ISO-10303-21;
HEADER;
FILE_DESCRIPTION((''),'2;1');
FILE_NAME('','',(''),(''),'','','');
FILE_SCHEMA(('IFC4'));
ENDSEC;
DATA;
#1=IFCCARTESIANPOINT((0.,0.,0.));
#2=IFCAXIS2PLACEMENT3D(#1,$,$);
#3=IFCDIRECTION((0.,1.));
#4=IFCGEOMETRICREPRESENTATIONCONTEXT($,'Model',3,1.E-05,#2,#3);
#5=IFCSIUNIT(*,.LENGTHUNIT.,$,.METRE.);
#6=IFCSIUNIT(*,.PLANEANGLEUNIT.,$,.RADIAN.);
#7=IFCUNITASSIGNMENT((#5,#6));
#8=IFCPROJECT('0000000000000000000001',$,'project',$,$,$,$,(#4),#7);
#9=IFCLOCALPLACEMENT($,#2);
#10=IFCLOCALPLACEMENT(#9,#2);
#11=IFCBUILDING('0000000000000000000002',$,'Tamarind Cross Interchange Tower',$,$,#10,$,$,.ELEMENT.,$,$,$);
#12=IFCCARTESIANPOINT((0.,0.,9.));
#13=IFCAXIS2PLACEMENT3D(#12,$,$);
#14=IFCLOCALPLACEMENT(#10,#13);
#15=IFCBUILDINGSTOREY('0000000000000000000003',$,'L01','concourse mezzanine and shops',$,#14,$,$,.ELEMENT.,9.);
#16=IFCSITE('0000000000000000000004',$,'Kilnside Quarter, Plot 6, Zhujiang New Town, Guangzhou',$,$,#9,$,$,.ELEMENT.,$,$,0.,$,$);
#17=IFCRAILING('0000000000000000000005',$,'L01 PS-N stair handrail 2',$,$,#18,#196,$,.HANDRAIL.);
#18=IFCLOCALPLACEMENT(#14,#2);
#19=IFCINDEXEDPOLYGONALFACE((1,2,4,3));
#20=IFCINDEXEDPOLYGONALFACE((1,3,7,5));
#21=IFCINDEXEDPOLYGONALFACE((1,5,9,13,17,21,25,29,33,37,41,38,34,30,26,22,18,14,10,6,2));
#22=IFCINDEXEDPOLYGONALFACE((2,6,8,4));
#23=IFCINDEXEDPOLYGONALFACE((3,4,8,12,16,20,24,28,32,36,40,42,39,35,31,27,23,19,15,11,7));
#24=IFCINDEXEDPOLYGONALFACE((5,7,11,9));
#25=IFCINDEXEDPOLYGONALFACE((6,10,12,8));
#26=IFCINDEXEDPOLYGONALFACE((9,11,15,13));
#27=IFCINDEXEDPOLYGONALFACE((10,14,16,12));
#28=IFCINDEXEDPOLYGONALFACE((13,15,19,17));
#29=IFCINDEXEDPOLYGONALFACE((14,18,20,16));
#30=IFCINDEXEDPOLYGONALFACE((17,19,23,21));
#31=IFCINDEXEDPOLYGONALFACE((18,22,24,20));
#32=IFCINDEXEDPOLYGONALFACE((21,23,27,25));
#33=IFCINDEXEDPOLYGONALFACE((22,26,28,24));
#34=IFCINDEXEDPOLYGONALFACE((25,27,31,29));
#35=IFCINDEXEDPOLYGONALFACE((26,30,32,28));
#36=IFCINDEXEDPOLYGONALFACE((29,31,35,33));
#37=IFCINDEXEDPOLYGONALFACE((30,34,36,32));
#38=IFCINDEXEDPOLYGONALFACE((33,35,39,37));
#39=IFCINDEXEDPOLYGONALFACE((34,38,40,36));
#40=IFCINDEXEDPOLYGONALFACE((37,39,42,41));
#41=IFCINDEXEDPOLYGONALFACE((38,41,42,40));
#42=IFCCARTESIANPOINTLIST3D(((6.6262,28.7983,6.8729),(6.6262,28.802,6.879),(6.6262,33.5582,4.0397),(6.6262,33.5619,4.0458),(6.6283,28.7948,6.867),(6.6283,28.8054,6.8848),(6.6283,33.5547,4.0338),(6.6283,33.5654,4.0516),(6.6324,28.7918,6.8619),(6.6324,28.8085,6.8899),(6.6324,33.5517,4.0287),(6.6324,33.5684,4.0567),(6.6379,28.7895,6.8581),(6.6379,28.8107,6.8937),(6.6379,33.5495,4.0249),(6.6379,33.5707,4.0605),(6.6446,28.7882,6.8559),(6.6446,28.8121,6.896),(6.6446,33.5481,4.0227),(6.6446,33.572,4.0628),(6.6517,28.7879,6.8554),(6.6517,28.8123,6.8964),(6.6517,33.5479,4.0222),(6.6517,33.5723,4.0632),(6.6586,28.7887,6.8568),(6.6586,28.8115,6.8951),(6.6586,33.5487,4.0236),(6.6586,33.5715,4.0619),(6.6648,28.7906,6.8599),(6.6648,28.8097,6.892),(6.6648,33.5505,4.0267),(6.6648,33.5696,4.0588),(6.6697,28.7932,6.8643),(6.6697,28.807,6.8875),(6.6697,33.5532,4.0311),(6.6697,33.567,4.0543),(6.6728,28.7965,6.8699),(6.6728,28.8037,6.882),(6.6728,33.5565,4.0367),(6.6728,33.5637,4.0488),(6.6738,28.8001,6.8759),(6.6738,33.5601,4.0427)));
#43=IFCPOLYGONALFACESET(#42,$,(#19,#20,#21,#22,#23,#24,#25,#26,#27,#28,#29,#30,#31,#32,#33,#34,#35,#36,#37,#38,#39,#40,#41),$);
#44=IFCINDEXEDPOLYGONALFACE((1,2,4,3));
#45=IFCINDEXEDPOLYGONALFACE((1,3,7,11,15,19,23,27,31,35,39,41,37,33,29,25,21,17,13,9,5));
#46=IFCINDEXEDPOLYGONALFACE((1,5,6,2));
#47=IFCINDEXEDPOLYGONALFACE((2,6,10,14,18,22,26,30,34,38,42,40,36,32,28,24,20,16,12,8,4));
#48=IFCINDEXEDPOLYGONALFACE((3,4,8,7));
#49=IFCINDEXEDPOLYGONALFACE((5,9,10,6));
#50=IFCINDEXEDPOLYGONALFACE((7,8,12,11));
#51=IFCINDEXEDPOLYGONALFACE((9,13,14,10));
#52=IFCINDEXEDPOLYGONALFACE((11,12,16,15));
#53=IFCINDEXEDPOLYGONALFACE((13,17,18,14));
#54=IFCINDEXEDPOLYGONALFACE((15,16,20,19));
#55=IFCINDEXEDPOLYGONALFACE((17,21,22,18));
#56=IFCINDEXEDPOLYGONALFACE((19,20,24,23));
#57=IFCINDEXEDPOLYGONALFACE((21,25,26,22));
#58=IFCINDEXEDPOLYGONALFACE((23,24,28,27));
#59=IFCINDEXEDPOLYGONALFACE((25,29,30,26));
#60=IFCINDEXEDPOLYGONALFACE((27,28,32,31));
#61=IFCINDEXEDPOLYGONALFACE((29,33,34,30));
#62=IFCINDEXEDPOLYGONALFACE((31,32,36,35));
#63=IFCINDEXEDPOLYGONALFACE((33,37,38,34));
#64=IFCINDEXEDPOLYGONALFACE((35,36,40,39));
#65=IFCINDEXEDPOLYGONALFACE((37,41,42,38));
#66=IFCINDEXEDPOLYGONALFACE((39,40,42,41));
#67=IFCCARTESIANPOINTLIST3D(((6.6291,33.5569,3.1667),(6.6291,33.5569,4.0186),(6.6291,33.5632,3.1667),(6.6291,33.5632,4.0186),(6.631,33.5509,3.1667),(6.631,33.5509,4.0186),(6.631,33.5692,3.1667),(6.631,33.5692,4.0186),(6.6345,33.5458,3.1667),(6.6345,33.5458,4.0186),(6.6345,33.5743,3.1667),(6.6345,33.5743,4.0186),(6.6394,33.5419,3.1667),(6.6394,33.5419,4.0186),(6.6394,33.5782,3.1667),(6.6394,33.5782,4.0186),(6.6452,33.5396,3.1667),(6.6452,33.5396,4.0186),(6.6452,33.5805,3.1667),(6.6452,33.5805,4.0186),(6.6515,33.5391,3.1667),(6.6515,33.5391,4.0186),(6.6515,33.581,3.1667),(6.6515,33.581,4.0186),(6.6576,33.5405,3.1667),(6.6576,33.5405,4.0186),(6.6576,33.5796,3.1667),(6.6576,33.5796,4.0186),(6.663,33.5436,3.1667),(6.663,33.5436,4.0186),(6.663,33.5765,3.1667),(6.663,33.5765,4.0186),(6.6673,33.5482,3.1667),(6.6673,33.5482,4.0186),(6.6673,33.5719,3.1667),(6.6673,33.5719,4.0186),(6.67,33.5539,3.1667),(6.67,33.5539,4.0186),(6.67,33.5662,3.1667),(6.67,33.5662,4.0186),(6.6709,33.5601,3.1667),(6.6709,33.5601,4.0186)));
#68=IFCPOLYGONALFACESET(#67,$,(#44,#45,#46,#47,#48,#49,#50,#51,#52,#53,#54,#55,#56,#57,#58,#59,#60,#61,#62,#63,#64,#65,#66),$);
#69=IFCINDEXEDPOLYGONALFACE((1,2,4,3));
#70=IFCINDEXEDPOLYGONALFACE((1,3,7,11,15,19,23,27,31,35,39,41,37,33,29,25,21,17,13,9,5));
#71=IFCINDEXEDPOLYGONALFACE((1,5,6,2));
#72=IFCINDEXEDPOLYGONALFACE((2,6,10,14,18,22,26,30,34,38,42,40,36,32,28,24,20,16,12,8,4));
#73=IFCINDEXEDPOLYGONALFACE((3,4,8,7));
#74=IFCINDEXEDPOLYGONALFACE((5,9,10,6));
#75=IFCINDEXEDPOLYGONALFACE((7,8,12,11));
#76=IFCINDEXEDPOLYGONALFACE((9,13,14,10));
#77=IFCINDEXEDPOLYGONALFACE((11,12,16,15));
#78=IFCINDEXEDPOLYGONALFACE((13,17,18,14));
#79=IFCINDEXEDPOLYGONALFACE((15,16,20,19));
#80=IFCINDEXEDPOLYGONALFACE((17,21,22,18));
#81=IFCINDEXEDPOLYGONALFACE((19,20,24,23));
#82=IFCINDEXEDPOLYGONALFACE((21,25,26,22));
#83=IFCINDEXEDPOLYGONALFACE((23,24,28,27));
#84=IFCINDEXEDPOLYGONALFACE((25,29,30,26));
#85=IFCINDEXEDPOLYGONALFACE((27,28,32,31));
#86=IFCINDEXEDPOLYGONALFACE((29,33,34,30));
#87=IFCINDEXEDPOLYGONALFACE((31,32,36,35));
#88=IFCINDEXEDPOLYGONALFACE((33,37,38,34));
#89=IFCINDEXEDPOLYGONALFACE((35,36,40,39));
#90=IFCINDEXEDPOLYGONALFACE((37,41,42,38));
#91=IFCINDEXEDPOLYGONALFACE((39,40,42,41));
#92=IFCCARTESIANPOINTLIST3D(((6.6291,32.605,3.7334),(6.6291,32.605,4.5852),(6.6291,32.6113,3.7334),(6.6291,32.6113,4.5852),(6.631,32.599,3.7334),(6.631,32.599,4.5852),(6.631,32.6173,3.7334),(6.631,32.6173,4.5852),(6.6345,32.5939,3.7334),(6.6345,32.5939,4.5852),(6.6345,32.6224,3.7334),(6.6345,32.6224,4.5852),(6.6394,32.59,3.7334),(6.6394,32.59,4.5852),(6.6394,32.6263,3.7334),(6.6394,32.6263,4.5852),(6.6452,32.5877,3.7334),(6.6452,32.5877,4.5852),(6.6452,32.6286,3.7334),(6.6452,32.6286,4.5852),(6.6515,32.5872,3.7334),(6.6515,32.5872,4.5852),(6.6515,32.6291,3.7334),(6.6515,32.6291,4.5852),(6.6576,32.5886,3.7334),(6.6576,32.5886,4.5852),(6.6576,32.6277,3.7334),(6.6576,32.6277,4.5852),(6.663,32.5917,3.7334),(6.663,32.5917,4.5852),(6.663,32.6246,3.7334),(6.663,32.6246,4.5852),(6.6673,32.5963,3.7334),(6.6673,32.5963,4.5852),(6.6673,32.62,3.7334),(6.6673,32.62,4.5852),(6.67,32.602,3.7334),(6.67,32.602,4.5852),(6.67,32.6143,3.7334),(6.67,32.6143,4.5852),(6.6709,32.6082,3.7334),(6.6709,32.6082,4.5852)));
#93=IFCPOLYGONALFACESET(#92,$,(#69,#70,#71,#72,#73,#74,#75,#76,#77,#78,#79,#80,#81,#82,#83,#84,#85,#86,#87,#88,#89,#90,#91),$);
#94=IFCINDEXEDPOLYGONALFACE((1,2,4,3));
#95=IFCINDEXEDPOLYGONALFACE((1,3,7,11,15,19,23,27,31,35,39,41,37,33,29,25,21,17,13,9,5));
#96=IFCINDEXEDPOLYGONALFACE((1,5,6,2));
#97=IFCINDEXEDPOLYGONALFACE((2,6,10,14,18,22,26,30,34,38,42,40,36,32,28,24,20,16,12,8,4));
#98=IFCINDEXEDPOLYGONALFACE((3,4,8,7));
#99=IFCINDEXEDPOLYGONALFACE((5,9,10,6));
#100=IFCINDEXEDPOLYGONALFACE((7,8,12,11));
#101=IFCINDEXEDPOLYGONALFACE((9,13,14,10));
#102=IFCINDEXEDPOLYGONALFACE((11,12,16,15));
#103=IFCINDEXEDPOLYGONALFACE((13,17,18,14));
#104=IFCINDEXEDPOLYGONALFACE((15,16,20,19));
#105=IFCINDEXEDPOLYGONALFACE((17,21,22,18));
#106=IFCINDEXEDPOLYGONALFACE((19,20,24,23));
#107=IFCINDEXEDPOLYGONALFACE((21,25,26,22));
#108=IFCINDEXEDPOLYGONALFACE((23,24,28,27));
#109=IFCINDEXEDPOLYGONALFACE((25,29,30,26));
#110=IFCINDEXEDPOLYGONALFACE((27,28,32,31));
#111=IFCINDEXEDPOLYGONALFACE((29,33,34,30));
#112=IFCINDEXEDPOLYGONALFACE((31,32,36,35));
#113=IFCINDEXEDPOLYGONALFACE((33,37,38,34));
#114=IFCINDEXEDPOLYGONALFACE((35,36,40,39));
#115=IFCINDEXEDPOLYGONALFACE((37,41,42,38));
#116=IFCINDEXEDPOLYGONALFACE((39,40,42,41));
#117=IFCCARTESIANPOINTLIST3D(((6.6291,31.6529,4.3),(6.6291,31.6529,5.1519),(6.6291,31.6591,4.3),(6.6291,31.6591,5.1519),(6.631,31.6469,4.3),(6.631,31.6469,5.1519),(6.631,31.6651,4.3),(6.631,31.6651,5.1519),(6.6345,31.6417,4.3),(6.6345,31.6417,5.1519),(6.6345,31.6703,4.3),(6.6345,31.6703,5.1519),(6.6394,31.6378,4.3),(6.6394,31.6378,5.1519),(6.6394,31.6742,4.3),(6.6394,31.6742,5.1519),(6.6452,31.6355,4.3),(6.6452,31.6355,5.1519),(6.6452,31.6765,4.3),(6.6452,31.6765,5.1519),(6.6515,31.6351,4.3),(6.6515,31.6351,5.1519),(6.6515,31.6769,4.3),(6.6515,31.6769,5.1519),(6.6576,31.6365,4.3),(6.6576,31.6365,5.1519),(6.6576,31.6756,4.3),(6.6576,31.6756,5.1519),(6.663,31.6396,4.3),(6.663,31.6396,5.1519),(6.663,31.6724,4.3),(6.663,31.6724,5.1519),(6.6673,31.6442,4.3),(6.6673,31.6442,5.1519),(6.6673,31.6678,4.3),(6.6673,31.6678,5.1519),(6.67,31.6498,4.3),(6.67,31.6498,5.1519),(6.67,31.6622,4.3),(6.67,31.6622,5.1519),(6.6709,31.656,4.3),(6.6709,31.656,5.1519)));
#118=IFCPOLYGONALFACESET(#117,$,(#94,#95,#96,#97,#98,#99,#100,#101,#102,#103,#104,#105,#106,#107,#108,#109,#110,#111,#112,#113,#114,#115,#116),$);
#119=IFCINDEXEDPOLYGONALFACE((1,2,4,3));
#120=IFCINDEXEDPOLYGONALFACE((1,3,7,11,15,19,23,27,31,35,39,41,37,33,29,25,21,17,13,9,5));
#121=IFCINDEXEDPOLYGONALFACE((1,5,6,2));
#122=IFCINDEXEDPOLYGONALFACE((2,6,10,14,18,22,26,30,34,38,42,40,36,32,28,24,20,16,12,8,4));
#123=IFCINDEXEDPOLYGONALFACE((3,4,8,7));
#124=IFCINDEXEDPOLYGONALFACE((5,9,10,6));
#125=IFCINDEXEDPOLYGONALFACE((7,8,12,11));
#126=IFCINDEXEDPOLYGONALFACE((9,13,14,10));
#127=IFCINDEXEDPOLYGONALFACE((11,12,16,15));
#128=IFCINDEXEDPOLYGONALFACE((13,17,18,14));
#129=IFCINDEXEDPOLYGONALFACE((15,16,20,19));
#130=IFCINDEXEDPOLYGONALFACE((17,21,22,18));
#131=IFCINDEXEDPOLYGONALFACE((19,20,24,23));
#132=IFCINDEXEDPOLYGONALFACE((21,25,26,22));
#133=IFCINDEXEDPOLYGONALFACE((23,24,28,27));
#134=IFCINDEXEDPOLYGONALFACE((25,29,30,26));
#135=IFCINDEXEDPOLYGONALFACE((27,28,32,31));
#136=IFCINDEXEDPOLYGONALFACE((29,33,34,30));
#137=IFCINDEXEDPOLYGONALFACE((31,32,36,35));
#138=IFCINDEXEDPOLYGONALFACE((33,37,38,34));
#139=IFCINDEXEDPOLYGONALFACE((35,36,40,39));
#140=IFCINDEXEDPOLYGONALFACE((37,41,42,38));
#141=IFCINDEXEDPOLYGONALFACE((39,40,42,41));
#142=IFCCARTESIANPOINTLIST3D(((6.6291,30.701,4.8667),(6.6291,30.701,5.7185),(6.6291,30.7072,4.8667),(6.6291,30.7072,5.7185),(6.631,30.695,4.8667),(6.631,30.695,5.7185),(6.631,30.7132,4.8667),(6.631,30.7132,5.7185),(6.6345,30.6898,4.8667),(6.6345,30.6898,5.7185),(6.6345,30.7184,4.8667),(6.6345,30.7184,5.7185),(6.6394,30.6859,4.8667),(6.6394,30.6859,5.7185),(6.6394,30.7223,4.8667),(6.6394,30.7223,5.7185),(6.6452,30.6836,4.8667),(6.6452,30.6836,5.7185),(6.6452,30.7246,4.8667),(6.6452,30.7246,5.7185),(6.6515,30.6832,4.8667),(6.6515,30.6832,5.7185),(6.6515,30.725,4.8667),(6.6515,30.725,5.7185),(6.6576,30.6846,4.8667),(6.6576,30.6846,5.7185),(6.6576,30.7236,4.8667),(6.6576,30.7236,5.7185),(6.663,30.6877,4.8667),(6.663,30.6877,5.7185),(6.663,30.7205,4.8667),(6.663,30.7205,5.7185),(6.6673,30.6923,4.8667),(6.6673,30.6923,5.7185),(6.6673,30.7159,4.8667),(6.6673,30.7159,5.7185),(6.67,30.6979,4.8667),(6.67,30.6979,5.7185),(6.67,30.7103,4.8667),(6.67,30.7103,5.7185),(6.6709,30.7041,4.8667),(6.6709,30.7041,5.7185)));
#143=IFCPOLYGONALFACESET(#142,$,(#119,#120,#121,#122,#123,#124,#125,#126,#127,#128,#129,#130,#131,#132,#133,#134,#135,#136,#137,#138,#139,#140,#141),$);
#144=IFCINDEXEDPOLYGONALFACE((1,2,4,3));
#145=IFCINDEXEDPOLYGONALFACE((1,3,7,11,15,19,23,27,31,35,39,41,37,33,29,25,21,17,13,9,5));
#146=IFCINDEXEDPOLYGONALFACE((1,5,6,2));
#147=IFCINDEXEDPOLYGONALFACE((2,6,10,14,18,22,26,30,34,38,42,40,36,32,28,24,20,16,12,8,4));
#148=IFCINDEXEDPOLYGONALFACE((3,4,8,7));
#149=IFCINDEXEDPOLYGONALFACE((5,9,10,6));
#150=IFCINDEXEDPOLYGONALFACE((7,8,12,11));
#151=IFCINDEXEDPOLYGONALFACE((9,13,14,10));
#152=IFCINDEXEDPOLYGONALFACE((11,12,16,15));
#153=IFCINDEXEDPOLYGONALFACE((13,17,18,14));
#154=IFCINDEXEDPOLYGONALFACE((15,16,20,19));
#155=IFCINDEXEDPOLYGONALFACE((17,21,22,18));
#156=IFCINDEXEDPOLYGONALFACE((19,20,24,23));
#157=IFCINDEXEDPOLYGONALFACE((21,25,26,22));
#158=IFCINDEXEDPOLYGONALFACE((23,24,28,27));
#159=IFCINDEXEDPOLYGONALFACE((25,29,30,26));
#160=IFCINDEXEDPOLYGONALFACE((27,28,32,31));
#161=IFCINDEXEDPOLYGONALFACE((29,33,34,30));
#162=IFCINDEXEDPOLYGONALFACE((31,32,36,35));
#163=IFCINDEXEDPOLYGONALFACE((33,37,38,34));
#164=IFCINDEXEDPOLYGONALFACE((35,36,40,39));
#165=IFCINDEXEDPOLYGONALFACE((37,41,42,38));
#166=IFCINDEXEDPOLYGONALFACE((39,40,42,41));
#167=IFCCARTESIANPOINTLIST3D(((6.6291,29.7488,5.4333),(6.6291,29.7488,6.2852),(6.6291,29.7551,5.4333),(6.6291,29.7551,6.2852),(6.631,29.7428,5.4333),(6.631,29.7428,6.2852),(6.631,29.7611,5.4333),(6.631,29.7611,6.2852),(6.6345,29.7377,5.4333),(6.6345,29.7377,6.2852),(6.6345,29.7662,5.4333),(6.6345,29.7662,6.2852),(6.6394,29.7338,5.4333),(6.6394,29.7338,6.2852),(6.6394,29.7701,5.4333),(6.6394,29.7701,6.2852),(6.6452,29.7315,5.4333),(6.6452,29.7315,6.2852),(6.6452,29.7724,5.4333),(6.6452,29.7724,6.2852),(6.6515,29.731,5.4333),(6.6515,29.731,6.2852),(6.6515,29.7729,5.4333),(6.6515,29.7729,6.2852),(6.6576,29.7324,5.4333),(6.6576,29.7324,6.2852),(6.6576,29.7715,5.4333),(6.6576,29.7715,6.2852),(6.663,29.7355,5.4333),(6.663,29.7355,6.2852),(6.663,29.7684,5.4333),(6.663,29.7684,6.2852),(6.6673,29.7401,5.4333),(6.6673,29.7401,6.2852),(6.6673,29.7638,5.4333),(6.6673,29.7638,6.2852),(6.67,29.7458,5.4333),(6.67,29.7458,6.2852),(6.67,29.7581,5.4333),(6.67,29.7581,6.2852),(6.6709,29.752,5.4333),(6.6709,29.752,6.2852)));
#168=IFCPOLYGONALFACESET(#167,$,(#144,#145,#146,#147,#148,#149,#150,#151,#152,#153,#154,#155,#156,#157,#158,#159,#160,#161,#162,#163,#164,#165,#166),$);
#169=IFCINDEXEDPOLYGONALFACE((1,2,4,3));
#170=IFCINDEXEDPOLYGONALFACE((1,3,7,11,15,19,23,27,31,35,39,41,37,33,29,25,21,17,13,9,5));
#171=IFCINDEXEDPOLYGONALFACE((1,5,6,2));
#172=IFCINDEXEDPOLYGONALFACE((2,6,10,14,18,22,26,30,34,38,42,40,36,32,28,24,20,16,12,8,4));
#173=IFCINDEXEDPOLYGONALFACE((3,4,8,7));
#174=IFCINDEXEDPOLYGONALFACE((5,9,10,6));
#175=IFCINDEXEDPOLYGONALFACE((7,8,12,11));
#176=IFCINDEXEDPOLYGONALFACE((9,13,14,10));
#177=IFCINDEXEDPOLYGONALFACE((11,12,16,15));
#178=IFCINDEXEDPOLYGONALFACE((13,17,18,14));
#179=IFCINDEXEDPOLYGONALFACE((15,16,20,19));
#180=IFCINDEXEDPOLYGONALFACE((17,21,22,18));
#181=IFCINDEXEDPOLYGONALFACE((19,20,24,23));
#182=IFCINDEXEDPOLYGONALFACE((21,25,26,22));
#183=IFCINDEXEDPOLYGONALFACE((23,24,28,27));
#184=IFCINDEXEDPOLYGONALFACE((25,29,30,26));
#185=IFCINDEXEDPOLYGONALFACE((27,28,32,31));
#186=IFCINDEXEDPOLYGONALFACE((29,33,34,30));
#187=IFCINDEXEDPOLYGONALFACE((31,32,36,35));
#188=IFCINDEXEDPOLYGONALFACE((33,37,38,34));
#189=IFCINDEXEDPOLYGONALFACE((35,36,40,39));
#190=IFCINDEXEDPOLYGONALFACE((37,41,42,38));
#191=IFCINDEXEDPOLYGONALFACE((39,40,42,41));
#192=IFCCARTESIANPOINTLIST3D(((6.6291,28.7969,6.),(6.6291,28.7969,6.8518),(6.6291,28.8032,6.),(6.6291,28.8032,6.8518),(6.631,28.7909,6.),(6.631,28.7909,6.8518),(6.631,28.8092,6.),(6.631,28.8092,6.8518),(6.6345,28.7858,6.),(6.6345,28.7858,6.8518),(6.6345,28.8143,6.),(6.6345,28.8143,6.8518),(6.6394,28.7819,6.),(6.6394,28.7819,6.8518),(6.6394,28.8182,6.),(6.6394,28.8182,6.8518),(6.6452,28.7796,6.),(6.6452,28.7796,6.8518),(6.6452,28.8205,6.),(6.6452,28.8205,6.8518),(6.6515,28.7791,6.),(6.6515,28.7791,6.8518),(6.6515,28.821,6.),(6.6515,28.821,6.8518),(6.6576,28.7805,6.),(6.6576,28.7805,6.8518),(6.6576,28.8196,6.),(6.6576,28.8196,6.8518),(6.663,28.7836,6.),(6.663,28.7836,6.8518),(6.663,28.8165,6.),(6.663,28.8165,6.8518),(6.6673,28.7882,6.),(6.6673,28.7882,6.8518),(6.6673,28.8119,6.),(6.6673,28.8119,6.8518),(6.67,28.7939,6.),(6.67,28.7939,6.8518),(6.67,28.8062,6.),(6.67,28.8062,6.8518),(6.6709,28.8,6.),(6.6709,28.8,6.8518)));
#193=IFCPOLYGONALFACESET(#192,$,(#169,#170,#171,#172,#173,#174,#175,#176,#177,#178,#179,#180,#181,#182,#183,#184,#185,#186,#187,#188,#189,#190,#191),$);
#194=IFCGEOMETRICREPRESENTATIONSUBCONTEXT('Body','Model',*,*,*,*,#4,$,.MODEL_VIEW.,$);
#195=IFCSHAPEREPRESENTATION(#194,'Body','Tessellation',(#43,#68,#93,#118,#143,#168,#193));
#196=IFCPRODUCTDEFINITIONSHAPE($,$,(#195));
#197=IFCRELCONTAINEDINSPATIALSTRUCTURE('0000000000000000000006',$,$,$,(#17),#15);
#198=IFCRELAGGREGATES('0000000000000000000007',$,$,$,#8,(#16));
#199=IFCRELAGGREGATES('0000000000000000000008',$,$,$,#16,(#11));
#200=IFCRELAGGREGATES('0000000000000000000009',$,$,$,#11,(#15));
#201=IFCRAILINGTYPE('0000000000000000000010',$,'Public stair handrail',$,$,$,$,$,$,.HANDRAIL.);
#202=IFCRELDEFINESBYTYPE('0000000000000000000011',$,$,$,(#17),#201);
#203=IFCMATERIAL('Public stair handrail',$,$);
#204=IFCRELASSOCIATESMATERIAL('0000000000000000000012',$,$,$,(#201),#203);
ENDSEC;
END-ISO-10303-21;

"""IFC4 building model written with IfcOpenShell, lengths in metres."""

from ifc_helpers import new_model, si_unit, direction, frame, origin, origin_2d, place, context, subcontext, project, spatial, circle, extrude, material, type_object, element, save


model = new_model("IFC4")

# Units and contexts
model_context = context("Model", 3, precision=1e-05, world=origin(), true_north=direction((0.0, 1.0)))
body_context = subcontext(model_context, "Body", "Model", "MODEL_VIEW")
ifc_project = project(units=[si_unit("LENGTHUNIT", "METRE"), si_unit("PLANEANGLEUNIT", "RADIAN")], contexts=[model_context])

# Site, building, storey
site_placement = place(None, origin())
site = spatial("IfcSite", under=ifc_project, at=site_placement, Name="Kilnside Quarter, Plot 6, Zhujiang New Town, Guangzhou", CompositionType="ELEMENT", RefElevation=0.0)
building_placement = place(site_placement, origin())
building = spatial("IfcBuilding", under=site, at=building_placement, Name="Tamarind Cross Interchange Tower", CompositionType="ELEMENT")
storey_placement = place(building_placement, frame((0.0, 0.0, 9.0)))
storey = spatial("IfcBuildingStorey", under=building, at=storey_placement, Name="L01", Description="concourse mezzanine and shops", CompositionType="ELEMENT", Elevation=9.0)

# Railing
ifc_material_1 = material(Name="Public stair handrail")
railing_type_1 = type_object("IfcRailingType", Name="Public stair handrail", PredefinedType="HANDRAIL", material=ifc_material_1)
railing_1_placement = place(storey_placement, frame((6.6499, 33.5601, 3.1667)))
element("IfcRailing", 1, at=railing_1_placement, inside=storey, type_object=railing_type_1, Name="L01 PS-N stair handrail 2", PredefinedType="HANDRAIL", context=body_context, shape_type="SweptSolid", body=[
    extrude(circle(Radius=0.0239, at=origin_2d()), frame((0.0, 0.0, 0.876), z_axis=(0.0, -0.8593, 0.511472), x_axis=(1.0, 0.0, 0.0)), (0.0, 0.0, 1.0), 5.5393),
    extrude(circle(Radius=0.021, at=origin_2d()), origin(), (0.0, 0.0, 1.0), 0.8518),
    extrude(circle(Radius=0.021, at=origin_2d()), frame((0.0, -0.9519, 0.5667)), (0.0, 0.0, 1.0), 0.8518),
    extrude(circle(Radius=0.021, at=origin_2d()), frame((0.0, -1.9041, 1.1333)), (0.0, 0.0, 1.0), 0.8518),
    extrude(circle(Radius=0.021, at=origin_2d()), frame((0.0, -2.856, 1.7)), (0.0, 0.0, 1.0), 0.8518),
    extrude(circle(Radius=0.021, at=origin_2d()), frame((0.0, -3.8081, 2.2666)), (0.0, 0.0, 1.0), 0.8518),
    extrude(circle(Radius=0.021, at=origin_2d()), frame((0.0, -4.76, 2.8333)), (0.0, 0.0, 1.0), 0.8518),
])

save(model, "model.ifc")
